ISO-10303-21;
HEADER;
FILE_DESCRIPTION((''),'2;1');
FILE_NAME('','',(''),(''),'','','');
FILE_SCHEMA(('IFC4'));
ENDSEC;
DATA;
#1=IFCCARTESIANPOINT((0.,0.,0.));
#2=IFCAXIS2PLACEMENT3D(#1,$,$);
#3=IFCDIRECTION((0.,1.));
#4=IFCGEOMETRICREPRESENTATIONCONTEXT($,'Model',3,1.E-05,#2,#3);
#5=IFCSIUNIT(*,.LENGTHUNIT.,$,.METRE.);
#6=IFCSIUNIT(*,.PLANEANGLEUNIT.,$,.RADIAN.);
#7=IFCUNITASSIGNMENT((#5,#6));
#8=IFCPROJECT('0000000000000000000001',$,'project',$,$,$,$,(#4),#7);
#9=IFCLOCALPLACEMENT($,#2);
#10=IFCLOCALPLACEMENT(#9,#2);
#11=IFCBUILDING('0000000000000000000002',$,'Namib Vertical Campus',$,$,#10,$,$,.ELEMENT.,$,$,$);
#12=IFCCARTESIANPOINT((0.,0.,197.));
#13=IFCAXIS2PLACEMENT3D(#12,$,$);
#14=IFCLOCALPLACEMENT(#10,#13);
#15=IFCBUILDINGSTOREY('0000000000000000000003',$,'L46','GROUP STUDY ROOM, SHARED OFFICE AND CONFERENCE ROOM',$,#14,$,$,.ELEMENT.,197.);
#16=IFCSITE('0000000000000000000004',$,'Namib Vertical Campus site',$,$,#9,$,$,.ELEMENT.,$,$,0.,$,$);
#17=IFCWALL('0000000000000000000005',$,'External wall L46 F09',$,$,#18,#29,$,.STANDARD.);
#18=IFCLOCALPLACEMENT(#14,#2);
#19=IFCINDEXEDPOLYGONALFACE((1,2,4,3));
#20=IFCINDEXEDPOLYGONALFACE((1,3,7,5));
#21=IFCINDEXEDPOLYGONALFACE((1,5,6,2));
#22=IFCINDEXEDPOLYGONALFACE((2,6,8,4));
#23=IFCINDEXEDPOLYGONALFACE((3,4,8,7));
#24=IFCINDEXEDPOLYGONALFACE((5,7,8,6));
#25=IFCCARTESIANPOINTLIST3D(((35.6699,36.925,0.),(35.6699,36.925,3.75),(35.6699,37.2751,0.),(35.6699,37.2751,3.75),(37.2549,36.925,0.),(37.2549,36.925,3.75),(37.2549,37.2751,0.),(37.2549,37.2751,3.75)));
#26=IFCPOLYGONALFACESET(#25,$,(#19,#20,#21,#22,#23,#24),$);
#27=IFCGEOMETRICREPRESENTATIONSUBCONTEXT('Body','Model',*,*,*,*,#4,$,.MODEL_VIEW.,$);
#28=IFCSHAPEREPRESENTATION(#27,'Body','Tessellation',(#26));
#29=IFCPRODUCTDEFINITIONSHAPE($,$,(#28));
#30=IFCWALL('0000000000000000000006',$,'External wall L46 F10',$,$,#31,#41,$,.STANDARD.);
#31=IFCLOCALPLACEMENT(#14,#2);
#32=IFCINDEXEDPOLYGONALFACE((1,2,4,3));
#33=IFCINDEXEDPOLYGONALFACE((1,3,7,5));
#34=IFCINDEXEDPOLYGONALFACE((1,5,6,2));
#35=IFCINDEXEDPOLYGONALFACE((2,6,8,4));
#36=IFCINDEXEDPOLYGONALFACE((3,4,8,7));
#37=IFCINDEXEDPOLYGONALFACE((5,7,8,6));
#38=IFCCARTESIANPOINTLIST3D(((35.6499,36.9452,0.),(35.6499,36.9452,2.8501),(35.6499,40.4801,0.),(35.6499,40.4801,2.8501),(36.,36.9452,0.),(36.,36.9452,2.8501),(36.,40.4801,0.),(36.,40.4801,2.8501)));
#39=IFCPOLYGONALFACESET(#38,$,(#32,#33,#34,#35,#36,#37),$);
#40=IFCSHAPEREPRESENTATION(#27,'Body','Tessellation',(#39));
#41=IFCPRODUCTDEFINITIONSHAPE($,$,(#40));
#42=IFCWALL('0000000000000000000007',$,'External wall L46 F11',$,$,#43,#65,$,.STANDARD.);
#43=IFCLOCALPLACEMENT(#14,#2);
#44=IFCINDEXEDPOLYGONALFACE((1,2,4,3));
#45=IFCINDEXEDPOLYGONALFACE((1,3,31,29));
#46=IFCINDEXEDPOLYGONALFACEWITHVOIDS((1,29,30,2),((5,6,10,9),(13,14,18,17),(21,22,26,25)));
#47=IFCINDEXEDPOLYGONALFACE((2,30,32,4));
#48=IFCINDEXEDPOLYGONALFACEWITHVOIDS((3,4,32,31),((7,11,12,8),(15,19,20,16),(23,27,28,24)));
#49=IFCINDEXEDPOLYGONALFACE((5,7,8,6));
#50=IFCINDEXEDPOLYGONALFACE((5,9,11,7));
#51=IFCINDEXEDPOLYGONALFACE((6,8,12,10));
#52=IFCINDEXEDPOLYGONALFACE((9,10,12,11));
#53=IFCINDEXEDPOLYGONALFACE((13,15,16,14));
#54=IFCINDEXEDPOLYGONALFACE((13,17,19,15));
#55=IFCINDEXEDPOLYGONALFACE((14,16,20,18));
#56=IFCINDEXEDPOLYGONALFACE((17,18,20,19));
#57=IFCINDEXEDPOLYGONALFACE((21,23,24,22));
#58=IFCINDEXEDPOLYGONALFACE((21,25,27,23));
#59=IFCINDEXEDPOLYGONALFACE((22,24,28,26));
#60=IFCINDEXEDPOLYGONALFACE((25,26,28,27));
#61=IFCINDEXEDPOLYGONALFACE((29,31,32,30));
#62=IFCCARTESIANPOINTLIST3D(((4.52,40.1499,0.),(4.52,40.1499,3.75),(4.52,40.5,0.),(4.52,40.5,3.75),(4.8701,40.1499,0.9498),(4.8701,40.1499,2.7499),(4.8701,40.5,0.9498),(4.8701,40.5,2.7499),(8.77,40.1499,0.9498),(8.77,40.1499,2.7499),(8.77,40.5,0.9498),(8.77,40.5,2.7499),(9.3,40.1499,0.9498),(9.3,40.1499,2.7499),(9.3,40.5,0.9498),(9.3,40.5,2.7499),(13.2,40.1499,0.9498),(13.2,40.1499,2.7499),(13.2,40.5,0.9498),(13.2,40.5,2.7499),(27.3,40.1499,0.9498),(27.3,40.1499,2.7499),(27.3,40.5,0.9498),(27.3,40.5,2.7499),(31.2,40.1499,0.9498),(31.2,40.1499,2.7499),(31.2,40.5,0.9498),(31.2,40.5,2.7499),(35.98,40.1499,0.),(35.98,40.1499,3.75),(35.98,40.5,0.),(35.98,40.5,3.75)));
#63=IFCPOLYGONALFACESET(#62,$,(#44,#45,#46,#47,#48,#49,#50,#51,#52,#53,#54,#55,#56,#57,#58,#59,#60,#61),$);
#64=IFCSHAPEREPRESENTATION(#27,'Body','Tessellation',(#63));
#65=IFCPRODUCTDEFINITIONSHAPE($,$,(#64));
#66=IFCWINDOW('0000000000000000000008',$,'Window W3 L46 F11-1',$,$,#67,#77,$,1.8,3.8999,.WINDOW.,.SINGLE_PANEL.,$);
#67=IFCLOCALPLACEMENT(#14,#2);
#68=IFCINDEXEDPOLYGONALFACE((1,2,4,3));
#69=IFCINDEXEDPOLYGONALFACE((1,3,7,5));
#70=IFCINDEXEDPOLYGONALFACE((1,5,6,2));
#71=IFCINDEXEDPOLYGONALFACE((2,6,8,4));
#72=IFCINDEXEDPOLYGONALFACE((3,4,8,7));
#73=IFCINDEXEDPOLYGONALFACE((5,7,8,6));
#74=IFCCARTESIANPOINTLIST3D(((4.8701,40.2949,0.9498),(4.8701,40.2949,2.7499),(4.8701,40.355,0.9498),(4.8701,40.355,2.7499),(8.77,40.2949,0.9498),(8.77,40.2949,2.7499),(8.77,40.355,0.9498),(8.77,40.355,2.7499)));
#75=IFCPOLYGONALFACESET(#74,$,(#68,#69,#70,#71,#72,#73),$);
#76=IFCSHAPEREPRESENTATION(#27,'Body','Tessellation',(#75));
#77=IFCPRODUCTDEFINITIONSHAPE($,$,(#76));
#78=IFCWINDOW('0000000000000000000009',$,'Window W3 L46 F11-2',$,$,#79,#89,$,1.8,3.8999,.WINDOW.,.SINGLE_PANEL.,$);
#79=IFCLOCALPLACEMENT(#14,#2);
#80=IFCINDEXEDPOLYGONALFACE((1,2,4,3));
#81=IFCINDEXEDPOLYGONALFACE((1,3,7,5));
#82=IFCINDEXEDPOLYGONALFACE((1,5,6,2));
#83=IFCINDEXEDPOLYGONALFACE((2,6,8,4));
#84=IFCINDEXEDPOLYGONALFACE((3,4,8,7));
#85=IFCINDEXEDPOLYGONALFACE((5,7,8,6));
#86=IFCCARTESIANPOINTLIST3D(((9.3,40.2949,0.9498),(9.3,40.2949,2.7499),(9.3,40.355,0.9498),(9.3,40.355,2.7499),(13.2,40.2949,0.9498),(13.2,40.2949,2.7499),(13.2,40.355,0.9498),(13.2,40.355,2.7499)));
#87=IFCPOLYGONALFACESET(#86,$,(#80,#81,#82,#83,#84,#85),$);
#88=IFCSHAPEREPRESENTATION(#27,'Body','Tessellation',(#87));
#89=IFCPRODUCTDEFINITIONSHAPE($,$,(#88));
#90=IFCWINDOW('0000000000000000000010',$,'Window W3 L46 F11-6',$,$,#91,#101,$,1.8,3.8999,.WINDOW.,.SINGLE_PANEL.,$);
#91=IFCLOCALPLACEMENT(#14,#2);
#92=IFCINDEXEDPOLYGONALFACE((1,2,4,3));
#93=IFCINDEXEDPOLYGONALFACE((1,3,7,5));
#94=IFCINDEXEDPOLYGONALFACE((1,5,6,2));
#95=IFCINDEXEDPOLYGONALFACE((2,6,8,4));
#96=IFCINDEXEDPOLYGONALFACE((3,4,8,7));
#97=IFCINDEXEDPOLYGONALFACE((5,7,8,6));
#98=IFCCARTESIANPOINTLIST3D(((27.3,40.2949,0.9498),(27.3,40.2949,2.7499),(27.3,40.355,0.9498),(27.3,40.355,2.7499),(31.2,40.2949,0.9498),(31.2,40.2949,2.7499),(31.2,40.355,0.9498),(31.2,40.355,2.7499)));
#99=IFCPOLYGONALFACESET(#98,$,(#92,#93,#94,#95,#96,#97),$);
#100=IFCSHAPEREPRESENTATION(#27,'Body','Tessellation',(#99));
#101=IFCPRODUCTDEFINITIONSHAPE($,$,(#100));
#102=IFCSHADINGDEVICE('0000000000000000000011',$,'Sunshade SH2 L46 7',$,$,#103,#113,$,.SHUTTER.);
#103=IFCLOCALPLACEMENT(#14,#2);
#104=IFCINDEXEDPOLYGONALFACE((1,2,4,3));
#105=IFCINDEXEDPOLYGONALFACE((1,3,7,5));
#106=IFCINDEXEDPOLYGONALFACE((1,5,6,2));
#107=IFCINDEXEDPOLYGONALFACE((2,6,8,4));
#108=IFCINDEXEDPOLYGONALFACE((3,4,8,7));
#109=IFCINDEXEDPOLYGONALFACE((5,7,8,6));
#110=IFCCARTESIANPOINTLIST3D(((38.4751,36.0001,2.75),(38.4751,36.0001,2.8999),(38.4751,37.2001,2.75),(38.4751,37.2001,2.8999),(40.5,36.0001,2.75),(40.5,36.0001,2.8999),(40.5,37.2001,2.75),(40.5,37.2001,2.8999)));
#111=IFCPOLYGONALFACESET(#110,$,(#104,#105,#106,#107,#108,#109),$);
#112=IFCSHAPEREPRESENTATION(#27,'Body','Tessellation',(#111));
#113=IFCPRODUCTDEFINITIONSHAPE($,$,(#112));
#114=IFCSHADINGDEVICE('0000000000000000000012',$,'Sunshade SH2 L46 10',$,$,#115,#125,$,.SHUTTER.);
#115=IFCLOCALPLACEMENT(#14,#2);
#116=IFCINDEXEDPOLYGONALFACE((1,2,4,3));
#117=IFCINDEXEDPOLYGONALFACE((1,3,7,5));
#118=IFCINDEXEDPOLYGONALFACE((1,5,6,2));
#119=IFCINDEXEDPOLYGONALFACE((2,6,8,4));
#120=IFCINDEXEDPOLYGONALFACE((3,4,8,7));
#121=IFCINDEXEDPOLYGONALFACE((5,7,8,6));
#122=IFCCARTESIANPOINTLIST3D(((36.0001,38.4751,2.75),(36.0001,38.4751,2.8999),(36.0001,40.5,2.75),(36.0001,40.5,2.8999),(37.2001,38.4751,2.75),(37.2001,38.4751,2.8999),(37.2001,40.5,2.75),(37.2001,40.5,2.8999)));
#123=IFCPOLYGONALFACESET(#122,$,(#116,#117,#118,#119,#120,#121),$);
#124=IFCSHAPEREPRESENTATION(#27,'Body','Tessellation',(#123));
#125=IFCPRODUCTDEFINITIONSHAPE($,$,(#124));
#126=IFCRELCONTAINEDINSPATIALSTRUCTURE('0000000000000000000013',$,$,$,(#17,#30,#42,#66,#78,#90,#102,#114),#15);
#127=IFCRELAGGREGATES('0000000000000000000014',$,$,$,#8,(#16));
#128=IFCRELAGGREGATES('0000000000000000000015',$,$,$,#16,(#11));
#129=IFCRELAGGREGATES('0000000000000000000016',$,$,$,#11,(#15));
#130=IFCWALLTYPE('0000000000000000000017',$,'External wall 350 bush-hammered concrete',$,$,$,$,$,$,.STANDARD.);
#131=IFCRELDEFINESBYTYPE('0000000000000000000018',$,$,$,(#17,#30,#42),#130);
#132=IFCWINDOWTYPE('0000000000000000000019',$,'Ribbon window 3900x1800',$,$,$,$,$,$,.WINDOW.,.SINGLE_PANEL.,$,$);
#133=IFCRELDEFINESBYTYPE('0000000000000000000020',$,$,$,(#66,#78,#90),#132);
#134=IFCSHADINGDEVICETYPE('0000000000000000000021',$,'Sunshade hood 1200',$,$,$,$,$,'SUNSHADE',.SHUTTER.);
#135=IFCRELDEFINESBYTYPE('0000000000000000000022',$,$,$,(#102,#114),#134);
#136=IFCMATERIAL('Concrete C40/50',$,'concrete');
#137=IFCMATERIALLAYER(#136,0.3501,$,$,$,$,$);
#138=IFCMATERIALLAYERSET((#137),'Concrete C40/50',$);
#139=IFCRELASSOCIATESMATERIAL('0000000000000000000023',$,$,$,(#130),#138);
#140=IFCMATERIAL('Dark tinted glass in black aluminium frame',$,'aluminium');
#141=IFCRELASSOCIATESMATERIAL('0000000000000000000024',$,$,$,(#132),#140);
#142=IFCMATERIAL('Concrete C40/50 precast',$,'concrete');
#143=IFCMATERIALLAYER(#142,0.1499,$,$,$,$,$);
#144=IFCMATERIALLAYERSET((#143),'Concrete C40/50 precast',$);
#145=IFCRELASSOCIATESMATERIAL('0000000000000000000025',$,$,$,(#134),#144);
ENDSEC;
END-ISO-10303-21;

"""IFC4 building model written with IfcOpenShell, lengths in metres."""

from ifc_helpers import new_model, si_unit, direction, frame, frame_2d, origin, origin_2d, place, context, subcontext, project, spatial, rectangle, extrude, material, layer, layer_set, type_object, element, fill, save


model = new_model("IFC4")

# Units and contexts
model_context = context("Model", 3, precision=1e-05, world=origin(), true_north=direction((0.0, 1.0)))
body_context = subcontext(model_context, "Body", "Model", "MODEL_VIEW")
ifc_project = project(units=[si_unit("LENGTHUNIT", "METRE"), si_unit("PLANEANGLEUNIT", "RADIAN")], contexts=[model_context])

# Site, building, storey
site_placement = place(None, origin())
site = spatial("IfcSite", under=ifc_project, at=site_placement, Name="Namib Vertical Campus site", CompositionType="ELEMENT", RefElevation=0.0)
building_placement = place(site_placement, origin())
building = spatial("IfcBuilding", under=site, at=building_placement, Name="Namib Vertical Campus", CompositionType="ELEMENT")
storey_placement = place(building_placement, frame((0.0, 0.0, 197.0)))
storey = spatial("IfcBuildingStorey", under=building, at=storey_placement, Name="L46", Description="GROUP STUDY ROOM, SHARED OFFICE AND CONFERENCE ROOM", CompositionType="ELEMENT", Elevation=197.0)

# Walls
ifc_material_1 = material(Name="Concrete C40/50", Category="concrete")
ifc_layer_1 = layer(ifc_material_1, 0.3501)
ifc_layer_set_1 = layer_set([ifc_layer_1], Name="Concrete C40/50")
wall_type_1 = type_object("IfcWallType", Name="External wall 350 bush-hammered concrete", PredefinedType="STANDARD", material=ifc_layer_set_1)
for number, where, z_axis, x_axis, name in (
    (1, (37.2549, 37.1001, 0.0), (0.0, 0.0, 1.0), (-1.0, 0.0, 0.0), "External wall L46 F09"),
):
    element("IfcWall", number, at=place(storey_placement, frame(where, z_axis=z_axis, x_axis=x_axis)), inside=storey, type_object=wall_type_1, Name=name, PredefinedType="STANDARD", context=body_context, shape_type="SweptSolid", body=[
        extrude(rectangle(XDim=1.585, YDim=0.3501, at=frame_2d((0.7925, 0.0))), origin(), (0.0, 0.0, 1.0), 3.75),
    ])
wall_1_placement = place(storey_placement, frame((35.825, 36.9451, 0.0), z_axis=(0.0, 0.0, 1.0), x_axis=(0.0, 1.0, 0.0)))
element("IfcWall", 2, at=wall_1_placement, inside=storey, type_object=wall_type_1, Name="External wall L46 F10", PredefinedType="STANDARD", context=body_context, shape_type="SweptSolid", body=[
    extrude(rectangle(XDim=3.5349, YDim=0.3501, at=frame_2d((1.7676, 0.0))), origin(), (0.0, 0.0, 1.0), 2.8501),
])

# Wall, openings, windows
wall_2_placement = place(storey_placement, frame((35.98, 40.325, 0.0), z_axis=(0.0, 0.0, 1.0), x_axis=(-1.0, 0.0, 0.0)))
wall_2 = element("IfcWall", 3, at=wall_2_placement, inside=storey, type_object=wall_type_1, Name="External wall L46 F11", PredefinedType="STANDARD", context=body_context, shape_type="SweptSolid", body=[
    extrude(rectangle(XDim=31.46, YDim=0.3501, at=frame_2d((15.73, 0.0))), origin(), (0.0, 0.0, 1.0), 3.75),
])
opening_1_placement = place(wall_2_placement, frame((27.21, 0.0, 0.95)))
opening_1 = element("IfcOpeningElement", 4, at=opening_1_placement, cuts=wall_2, PredefinedType="OPENING", context=body_context, shape_type="SweptSolid", body=[
    extrude(rectangle(XDim=3.8999, YDim=1.8, at=frame_2d((1.95, 0.8999))), frame((0.0, 0.1851, 0.0), z_axis=(0.0, -1.0, 0.0), x_axis=(1.0, 0.0, 0.0)), (0.0, 0.0, 1.0), 0.3701),
])
opening_2_placement = place(wall_2_placement, frame((22.78, 0.0, 0.95)))
opening_2 = element("IfcOpeningElement", 5, at=opening_2_placement, cuts=wall_2, PredefinedType="OPENING", context=body_context, shape_type="SweptSolid", body=[
    extrude(rectangle(XDim=3.8999, YDim=1.8, at=frame_2d((1.95, 0.8999))), frame((0.0, 0.1851, 0.0), z_axis=(0.0, -1.0, 0.0), x_axis=(1.0, 0.0, 0.0)), (0.0, 0.0, 1.0), 0.3701),
])
opening_3_placement = place(wall_2_placement, frame((4.78, 0.0, 0.95)))
opening_3 = element("IfcOpeningElement", 6, at=opening_3_placement, cuts=wall_2, PredefinedType="OPENING", context=body_context, shape_type="SweptSolid", body=[
    extrude(rectangle(XDim=3.8999, YDim=1.8, at=frame_2d((1.95, 0.8999))), frame((0.0, 0.1851, 0.0), z_axis=(0.0, -1.0, 0.0), x_axis=(1.0, 0.0, 0.0)), (0.0, 0.0, 1.0), 0.3701),
])
ifc_material_2 = material(Name="Dark tinted glass in black aluminium frame", Category="aluminium")
window_type = type_object("IfcWindowType", Name="Ribbon window 3900x1800", PartitioningType="SINGLE_PANEL", PredefinedType="WINDOW", material=ifc_material_2)
window_1_placement = place(opening_1_placement, origin())
window_1 = element("IfcWindow", 7, at=window_1_placement, inside=storey, type_object=window_type, Name="Window W3 L46 F11-1", OverallHeight=1.8, OverallWidth=3.8999, PartitioningType="SINGLE_PANEL", PredefinedType="WINDOW", context=body_context, shape_type="SweptSolid", body=[
    extrude(rectangle(XDim=3.8999, YDim=1.8, at=frame_2d((1.95, 0.8999))), frame((0.0, 0.03, 0.0), z_axis=(0.0, -1.0, 0.0), x_axis=(1.0, 0.0, 0.0)), (0.0, 0.0, 1.0), 0.0601),
])
fill(opening_1, window_1)
window_2_placement = place(opening_2_placement, origin())
window_2 = element("IfcWindow", 8, at=window_2_placement, inside=storey, type_object=window_type, Name="Window W3 L46 F11-2", OverallHeight=1.8, OverallWidth=3.8999, PartitioningType="SINGLE_PANEL", PredefinedType="WINDOW", context=body_context, shape_type="SweptSolid", body=[
    extrude(rectangle(XDim=3.8999, YDim=1.8, at=frame_2d((1.95, 0.8999))), frame((0.0, 0.03, 0.0), z_axis=(0.0, -1.0, 0.0), x_axis=(1.0, 0.0, 0.0)), (0.0, 0.0, 1.0), 0.0601),
])
fill(opening_2, window_2)
window_3_placement = place(opening_3_placement, origin())
window_3 = element("IfcWindow", 9, at=window_3_placement, inside=storey, type_object=window_type, Name="Window W3 L46 F11-6", OverallHeight=1.8, OverallWidth=3.8999, PartitioningType="SINGLE_PANEL", PredefinedType="WINDOW", context=body_context, shape_type="SweptSolid", body=[
    extrude(rectangle(XDim=3.8999, YDim=1.8, at=frame_2d((1.95, 0.8999))), frame((0.0, 0.03, 0.0), z_axis=(0.0, -1.0, 0.0), x_axis=(1.0, 0.0, 0.0)), (0.0, 0.0, 1.0), 0.0601),
])
fill(opening_3, window_3)

# Shading devices
ifc_material_3 = material(Name="Concrete C40/50 precast", Category="concrete")
ifc_layer_2 = layer(ifc_material_3, 0.1499)
ifc_layer_set_2 = layer_set([ifc_layer_2], Name="Concrete C40/50 precast")
shading_device_type = type_object("IfcShadingDeviceType", Name="Sunshade hood 1200", ElementType="SUNSHADE", PredefinedType="SHUTTER", material=ifc_layer_set_2)
for number, where, z_axis, x_axis, name in (
    (10, (39.4875, 36.6001, 2.75), (0.0, 0.0, 1.0), (-1.0, 0.0, 0.0), "Sunshade SH2 L46 7"),
    (11, (36.6001, 39.4875, 2.75), (0.0, 0.0, 1.0), (0.0, 1.0, 0.0), "Sunshade SH2 L46 10"),
):
    element("IfcShadingDevice", number, at=place(storey_placement, frame(where, z_axis=z_axis, x_axis=x_axis)), inside=storey, type_object=shading_device_type, Name=name, PredefinedType="SHUTTER", context=body_context, shape_type="SweptSolid", body=[
        extrude(rectangle(XDim=2.0249, YDim=1.2, at=origin_2d()), origin(), (0.0, 0.0, 1.0), 0.1499),
    ])

save(model, "model.ifc")
